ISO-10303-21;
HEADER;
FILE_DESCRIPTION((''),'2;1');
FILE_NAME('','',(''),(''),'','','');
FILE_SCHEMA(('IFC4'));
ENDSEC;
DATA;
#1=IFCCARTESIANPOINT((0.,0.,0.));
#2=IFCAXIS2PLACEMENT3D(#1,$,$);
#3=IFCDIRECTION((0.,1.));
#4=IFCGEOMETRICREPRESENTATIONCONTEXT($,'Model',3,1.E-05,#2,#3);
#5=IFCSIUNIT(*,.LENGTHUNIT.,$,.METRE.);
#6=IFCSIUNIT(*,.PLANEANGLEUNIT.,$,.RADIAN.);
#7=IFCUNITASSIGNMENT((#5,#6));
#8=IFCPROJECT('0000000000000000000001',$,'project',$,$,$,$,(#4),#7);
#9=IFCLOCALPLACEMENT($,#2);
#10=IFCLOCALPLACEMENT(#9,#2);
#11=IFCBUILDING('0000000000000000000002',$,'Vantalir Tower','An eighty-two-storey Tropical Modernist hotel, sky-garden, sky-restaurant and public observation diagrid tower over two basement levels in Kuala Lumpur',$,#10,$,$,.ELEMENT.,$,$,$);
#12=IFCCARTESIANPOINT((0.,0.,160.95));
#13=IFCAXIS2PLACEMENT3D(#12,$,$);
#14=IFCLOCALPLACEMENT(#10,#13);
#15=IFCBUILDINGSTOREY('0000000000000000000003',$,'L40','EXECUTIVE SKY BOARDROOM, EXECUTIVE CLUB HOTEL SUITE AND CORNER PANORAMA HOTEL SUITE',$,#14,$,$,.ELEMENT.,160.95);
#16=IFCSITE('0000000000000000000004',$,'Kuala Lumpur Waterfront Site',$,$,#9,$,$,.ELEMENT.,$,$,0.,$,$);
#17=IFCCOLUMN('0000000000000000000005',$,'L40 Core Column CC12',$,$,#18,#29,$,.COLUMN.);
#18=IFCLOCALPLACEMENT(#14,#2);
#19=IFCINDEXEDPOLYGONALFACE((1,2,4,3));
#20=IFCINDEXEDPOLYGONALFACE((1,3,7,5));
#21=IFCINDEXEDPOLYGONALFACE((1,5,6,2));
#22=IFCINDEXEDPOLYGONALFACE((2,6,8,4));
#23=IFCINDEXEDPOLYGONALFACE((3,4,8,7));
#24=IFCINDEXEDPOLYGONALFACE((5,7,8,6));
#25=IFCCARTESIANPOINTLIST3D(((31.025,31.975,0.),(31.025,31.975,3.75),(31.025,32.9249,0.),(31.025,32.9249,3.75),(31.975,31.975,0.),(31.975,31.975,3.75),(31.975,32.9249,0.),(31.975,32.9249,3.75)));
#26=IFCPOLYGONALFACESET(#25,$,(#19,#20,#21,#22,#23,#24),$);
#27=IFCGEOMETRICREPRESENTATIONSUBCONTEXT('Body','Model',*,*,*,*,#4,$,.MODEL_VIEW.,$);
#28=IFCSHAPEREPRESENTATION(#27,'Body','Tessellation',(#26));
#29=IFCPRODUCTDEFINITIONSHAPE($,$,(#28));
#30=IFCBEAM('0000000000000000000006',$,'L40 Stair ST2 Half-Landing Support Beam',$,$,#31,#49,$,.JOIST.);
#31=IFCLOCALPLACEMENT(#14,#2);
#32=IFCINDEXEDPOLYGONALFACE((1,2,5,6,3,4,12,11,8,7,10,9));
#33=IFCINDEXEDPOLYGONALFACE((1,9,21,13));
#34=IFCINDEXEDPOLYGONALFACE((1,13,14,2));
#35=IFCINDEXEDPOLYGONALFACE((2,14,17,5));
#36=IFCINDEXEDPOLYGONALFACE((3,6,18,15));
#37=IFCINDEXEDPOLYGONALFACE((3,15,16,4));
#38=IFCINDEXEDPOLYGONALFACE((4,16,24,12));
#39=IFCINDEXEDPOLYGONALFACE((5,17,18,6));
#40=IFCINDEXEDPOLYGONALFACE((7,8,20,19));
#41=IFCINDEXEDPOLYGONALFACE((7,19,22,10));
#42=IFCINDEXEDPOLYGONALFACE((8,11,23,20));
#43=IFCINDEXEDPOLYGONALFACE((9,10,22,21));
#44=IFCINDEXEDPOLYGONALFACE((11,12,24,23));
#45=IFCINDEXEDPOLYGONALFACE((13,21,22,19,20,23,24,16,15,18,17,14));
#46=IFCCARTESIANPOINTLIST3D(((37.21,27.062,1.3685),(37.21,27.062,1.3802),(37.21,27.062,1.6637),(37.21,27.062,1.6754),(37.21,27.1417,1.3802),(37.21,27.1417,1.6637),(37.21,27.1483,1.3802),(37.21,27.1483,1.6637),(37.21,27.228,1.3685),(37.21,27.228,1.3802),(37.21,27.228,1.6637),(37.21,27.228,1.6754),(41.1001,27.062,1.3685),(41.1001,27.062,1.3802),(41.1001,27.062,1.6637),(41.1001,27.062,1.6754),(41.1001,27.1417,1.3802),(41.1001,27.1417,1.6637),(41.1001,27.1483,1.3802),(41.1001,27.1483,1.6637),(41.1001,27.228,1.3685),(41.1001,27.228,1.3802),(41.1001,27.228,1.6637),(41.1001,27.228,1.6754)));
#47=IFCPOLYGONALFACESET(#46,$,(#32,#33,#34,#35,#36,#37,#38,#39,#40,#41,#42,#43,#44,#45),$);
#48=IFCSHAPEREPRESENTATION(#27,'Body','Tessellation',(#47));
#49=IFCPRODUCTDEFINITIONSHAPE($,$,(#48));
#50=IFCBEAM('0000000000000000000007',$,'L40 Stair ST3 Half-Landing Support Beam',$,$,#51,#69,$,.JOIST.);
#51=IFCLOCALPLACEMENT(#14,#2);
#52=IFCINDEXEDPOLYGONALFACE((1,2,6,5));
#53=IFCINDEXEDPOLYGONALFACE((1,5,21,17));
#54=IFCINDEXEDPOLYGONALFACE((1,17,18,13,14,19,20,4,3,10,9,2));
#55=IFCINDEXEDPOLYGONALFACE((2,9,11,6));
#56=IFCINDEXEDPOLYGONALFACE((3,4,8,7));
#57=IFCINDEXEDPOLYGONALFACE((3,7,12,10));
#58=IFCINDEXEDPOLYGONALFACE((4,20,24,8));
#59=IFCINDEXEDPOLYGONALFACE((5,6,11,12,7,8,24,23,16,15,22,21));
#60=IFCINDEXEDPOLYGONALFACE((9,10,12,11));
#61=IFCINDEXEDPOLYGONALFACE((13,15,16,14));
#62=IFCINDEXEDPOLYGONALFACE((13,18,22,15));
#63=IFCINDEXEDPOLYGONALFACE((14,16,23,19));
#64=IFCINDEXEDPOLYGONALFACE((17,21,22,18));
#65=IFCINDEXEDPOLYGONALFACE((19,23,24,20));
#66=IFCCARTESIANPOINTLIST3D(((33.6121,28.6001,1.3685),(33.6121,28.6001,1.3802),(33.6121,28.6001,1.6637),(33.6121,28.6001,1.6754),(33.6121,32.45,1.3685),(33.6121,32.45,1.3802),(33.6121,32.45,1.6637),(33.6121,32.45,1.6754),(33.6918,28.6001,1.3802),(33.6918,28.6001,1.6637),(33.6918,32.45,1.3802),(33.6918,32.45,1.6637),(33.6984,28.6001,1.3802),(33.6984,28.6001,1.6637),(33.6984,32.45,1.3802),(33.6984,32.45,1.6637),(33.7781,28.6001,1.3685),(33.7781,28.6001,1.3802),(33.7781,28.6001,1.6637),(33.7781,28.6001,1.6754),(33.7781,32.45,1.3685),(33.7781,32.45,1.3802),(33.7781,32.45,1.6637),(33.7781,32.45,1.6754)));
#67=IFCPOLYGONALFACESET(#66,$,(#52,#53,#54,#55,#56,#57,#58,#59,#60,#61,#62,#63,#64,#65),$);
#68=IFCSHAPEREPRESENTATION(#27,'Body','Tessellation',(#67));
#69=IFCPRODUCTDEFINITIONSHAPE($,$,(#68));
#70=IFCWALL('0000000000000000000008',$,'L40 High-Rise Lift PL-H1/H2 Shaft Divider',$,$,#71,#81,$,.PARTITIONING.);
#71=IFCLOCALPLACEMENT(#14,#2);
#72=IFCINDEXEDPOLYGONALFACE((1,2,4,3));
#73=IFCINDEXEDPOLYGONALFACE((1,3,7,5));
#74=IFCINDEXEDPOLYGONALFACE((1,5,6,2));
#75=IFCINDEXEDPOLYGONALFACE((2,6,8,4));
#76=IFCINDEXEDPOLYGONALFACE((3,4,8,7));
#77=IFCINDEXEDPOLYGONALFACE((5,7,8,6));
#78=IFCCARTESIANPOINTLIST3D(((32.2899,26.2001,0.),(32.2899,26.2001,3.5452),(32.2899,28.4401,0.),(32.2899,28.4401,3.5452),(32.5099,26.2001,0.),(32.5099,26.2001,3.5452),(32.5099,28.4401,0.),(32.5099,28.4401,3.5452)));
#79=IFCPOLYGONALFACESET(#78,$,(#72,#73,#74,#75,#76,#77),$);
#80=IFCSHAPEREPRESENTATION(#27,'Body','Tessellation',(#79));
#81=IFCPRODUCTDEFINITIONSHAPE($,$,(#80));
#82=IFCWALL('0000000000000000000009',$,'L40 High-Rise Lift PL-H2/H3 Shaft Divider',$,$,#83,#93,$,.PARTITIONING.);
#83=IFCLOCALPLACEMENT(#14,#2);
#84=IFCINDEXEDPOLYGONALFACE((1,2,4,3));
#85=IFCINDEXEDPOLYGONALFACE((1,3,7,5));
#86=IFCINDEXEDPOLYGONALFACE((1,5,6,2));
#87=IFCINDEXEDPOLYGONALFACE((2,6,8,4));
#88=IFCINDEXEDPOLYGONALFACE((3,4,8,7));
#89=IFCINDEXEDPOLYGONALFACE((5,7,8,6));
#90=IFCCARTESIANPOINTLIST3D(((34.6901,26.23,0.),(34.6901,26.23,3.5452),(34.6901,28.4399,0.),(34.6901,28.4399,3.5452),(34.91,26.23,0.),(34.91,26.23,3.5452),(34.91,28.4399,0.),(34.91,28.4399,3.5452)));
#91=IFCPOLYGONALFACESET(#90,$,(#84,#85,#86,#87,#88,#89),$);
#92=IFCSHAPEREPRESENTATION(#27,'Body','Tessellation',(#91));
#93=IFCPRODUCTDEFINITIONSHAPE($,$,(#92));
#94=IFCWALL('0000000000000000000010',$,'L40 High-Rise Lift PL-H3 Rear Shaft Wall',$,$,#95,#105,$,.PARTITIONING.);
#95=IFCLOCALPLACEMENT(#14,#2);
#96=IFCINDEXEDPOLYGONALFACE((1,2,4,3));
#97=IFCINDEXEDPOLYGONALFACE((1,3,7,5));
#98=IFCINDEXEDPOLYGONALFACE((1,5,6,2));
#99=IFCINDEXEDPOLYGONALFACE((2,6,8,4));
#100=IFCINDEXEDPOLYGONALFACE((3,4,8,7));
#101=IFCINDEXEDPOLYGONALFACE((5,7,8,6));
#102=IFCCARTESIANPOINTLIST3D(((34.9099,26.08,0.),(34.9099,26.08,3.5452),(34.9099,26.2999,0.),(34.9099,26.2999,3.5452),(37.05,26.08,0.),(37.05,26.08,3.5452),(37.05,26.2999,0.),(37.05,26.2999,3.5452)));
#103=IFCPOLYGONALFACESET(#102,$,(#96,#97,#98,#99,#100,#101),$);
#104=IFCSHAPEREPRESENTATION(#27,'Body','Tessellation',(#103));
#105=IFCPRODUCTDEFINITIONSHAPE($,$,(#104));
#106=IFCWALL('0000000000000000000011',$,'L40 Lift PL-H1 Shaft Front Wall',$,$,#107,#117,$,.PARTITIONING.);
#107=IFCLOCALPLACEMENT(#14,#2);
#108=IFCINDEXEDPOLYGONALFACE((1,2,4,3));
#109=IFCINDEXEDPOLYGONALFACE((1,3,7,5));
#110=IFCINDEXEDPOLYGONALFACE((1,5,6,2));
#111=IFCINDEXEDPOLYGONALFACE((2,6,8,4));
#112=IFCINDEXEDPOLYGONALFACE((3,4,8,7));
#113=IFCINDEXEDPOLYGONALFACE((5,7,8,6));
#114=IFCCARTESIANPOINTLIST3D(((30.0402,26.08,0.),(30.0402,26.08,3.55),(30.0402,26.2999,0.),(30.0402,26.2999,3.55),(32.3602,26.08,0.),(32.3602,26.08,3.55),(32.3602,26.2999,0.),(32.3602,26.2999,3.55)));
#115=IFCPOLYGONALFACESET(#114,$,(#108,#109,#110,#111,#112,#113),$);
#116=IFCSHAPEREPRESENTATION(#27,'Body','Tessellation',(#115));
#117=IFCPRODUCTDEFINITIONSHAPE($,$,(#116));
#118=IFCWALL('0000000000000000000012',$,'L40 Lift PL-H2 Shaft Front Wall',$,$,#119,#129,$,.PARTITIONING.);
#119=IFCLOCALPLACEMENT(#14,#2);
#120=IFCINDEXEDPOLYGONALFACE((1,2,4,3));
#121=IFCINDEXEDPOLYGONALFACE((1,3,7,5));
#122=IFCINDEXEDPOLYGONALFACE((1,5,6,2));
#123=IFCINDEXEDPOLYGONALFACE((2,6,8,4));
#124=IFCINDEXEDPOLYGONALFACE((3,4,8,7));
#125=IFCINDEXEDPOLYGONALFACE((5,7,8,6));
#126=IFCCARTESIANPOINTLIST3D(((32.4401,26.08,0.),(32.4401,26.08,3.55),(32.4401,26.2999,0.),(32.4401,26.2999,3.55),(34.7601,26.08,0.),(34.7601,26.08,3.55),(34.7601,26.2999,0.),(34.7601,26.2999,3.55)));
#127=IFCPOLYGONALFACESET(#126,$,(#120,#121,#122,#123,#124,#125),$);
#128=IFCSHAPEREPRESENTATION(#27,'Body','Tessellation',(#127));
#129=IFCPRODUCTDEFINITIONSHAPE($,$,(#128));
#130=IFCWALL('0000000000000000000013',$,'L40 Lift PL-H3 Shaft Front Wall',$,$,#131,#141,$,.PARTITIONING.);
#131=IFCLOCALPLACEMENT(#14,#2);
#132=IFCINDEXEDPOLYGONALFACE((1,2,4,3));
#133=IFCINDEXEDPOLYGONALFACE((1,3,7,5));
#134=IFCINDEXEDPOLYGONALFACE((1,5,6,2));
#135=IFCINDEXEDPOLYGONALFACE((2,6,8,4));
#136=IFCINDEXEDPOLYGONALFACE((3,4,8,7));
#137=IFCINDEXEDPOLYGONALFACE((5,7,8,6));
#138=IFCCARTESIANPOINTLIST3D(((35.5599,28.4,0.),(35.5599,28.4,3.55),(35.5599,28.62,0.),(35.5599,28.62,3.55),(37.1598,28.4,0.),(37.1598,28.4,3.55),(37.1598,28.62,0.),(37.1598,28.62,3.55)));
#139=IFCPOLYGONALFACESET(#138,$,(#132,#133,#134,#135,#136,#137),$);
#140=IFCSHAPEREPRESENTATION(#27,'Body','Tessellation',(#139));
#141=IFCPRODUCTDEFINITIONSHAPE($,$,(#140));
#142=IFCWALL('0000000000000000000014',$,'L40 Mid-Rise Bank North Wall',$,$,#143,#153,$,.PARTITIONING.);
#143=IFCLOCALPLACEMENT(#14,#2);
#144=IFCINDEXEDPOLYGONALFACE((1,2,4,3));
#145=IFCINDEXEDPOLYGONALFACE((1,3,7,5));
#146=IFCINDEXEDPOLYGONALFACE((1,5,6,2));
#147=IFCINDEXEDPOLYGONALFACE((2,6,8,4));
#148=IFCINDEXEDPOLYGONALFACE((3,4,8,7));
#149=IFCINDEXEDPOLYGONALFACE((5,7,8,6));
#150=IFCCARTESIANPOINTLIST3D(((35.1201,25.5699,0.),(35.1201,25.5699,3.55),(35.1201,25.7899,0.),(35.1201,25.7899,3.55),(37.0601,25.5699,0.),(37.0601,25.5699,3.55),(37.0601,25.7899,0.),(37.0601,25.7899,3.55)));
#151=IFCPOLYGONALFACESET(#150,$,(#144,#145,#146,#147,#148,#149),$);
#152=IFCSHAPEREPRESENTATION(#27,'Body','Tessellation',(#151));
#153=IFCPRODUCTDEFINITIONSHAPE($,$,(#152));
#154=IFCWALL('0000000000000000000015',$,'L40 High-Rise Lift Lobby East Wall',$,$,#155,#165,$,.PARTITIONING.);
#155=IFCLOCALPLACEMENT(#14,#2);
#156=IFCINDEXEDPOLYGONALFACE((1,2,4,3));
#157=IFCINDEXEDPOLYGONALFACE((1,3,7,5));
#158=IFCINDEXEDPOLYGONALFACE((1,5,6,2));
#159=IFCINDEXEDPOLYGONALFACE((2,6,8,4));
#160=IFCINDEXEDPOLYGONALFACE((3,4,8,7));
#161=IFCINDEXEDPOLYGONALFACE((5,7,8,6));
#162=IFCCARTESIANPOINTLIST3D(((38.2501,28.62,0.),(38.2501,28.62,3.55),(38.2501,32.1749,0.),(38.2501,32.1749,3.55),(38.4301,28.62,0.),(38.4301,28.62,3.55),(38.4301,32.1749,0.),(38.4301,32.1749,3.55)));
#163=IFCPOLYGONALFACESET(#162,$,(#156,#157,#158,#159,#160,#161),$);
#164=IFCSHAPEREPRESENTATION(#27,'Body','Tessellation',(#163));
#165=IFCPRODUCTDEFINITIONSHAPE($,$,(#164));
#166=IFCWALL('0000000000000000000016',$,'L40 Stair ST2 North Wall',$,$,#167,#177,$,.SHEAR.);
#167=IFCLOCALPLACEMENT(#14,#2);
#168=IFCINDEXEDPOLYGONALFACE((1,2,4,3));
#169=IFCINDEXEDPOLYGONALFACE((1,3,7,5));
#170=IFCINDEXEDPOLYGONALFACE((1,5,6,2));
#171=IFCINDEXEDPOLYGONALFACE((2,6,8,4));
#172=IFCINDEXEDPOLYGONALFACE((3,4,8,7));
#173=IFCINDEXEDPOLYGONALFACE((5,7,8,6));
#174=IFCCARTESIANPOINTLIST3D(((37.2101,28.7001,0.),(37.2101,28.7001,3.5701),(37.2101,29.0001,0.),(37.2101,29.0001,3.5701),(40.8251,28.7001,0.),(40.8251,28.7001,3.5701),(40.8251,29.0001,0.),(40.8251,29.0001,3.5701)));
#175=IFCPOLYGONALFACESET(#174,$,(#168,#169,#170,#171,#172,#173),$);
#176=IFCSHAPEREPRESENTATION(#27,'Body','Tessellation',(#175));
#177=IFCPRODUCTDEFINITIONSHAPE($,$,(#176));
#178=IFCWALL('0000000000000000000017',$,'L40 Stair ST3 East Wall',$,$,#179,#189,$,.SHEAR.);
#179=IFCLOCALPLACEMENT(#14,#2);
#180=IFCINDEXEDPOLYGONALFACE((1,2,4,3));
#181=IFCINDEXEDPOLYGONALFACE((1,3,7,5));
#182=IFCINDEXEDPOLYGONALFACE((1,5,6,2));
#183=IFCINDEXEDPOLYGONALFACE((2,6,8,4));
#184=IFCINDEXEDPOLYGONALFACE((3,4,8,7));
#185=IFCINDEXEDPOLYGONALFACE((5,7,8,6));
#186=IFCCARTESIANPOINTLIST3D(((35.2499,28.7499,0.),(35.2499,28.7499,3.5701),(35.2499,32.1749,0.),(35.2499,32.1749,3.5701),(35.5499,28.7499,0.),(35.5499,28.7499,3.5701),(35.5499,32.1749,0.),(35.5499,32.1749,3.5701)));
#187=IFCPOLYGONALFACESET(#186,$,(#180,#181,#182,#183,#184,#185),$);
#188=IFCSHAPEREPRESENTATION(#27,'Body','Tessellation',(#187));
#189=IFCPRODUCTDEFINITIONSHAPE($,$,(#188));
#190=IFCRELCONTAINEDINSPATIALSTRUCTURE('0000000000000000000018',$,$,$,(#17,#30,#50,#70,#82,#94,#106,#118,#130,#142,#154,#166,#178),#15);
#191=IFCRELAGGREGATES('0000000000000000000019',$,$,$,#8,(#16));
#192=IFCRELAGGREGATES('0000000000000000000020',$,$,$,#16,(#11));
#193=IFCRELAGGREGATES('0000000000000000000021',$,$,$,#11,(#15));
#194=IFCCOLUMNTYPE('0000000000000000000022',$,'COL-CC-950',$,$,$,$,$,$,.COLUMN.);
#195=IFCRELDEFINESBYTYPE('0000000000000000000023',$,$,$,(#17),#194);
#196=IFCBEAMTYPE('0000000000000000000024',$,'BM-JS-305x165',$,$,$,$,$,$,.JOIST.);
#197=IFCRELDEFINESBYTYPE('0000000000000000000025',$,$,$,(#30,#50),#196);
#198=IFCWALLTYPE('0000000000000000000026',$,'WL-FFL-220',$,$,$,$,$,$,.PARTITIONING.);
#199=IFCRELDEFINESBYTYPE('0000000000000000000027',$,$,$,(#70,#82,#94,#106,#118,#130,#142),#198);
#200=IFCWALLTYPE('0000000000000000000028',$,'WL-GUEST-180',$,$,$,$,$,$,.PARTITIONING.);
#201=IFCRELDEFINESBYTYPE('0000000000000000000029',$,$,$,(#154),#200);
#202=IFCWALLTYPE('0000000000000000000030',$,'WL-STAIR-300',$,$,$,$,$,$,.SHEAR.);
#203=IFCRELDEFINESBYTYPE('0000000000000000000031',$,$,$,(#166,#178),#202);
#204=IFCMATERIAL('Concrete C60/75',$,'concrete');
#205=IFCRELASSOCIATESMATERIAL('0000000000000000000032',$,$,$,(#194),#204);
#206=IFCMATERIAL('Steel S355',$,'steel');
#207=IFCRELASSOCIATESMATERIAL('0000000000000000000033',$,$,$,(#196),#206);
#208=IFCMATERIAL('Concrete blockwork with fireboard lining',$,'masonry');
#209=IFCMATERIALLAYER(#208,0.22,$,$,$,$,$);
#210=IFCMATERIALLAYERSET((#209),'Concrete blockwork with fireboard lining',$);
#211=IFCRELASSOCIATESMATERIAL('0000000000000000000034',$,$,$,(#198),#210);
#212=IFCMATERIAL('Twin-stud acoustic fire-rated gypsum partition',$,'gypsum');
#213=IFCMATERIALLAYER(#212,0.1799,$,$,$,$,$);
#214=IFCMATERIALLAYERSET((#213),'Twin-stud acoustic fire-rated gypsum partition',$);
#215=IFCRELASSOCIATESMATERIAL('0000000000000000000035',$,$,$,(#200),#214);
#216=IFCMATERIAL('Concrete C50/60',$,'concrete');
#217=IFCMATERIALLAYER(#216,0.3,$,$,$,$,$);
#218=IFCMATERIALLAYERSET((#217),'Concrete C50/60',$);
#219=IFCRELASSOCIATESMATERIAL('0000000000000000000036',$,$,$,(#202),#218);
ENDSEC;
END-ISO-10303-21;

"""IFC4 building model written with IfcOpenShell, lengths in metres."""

from ifc_helpers import new_model, si_unit, direction, frame, frame_2d, origin, origin_2d, place, context, subcontext, project, spatial, rectangle, i_section, extrude, material, layer, layer_set, material_profile, profile_set, type_object, element, save


model = new_model("IFC4")

# Units and contexts
model_context = context("Model", 3, precision=1e-05, world=origin(), true_north=direction((0.0, 1.0)))
body_context = subcontext(model_context, "Body", "Model", "MODEL_VIEW")
ifc_project = project(units=[si_unit("LENGTHUNIT", "METRE"), si_unit("PLANEANGLEUNIT", "RADIAN")], contexts=[model_context])

# Site, building, storey
site_placement = place(None, origin())
site = spatial("IfcSite", under=ifc_project, at=site_placement, Name="Kuala Lumpur Waterfront Site", CompositionType="ELEMENT", RefElevation=0.0)
building_placement = place(site_placement, origin())
building = spatial("IfcBuilding", under=site, at=building_placement, Name="Vantalir Tower", Description="An eighty-two-storey Tropical Modernist hotel, sky-garden, sky-restaurant and public observation diagrid tower over two basement levels in Kuala Lumpur", CompositionType="ELEMENT")
storey_placement = place(building_placement, frame((0.0, 0.0, 160.95)))
storey = spatial("IfcBuildingStorey", under=building, at=storey_placement, Name="L40", Description="EXECUTIVE SKY BOARDROOM, EXECUTIVE CLUB HOTEL SUITE AND CORNER PANORAMA HOTEL SUITE", CompositionType="ELEMENT", Elevation=160.95)

# Column
ifc_material_1 = material(Name="Concrete C60/75", Category="concrete")
ifc_material_profile_1 = material_profile(ifc_material_1, rectangle(XDim=0.95, YDim=0.95, at=origin_2d()), Name="Concrete C60/75")
ifc_profile_set_1 = profile_set([ifc_material_profile_1], Name="Concrete C60/75")
column_type = type_object("IfcColumnType", Name="COL-CC-950", PredefinedType="COLUMN", material=ifc_profile_set_1)
column_placement = place(storey_placement, frame((31.5, 32.45, 0.0), z_axis=(0.0, 0.0, 1.0), x_axis=(1.0, 0.0, 0.0)))
element("IfcColumn", 1, at=column_placement, inside=storey, type_object=column_type, Name="L40 Core Column CC12", PredefinedType="COLUMN", context=body_context, shape_type="SweptSolid", body=[
    extrude(rectangle(XDim=0.95, YDim=0.95, at=origin_2d()), origin(), (0.0, 0.0, 1.0), 3.75),
])

# Beams
ifc_material_2 = material(Name="Steel S355", Category="steel")
ifc_material_profile_2 = material_profile(ifc_material_2, i_section(OverallWidth=0.166, OverallDepth=0.3069, WebThickness=0.0066, FlangeThickness=0.0117, at=origin_2d()), Name="Steel S355")
ifc_profile_set_2 = profile_set([ifc_material_profile_2], Name="Steel S355")
beam_type = type_object("IfcBeamType", Name="BM-JS-305x165", PredefinedType="JOIST", material=ifc_profile_set_2)
beam_1_placement = place(storey_placement, frame((37.21, 27.145, 1.522), z_axis=(1.0, 0.0, 0.0), x_axis=(0.0, 1.0, 0.0)))
element("IfcBeam", 2, at=beam_1_placement, inside=storey, type_object=beam_type, Name="L40 Stair ST2 Half-Landing Support Beam", PredefinedType="JOIST", context=body_context, shape_type="SweptSolid", body=[
    extrude(i_section(OverallWidth=0.166, OverallDepth=0.3069, WebThickness=0.0066, FlangeThickness=0.0117, at=origin_2d()), origin(), (0.0, 0.0, 1.0), 3.8901),
])
beam_2_placement = place(storey_placement, frame((33.6951, 28.6001, 1.522), z_axis=(0.0, 1.0, 0.0), x_axis=(-1.0, 0.0, 0.0)))
element("IfcBeam", 3, at=beam_2_placement, inside=storey, type_object=beam_type, Name="L40 Stair ST3 Half-Landing Support Beam", PredefinedType="JOIST", context=body_context, shape_type="SweptSolid", body=[
    extrude(i_section(OverallWidth=0.166, OverallDepth=0.3069, WebThickness=0.0066, FlangeThickness=0.0117, at=origin_2d()), origin(), (0.0, 0.0, 1.0), 3.8499),
])

# Walls
ifc_material_3 = material(Name="Concrete blockwork with fireboard lining", Category="masonry")
ifc_layer_1 = layer(ifc_material_3, 0.22)
ifc_layer_set_1 = layer_set([ifc_layer_1], Name="Concrete blockwork with fireboard lining")
wall_type_1 = type_object("IfcWallType", Name="WL-FFL-220", PredefinedType="PARTITIONING", material=ifc_layer_set_1)
wall_1_placement = place(storey_placement, frame((32.3999, 26.2, 0.0), z_axis=(0.0, 0.0, 1.0), x_axis=(0.0, 1.0, 0.0)))
element("IfcWall", 4, at=wall_1_placement, inside=storey, type_object=wall_type_1, Name="L40 High-Rise Lift PL-H1/H2 Shaft Divider", PredefinedType="PARTITIONING", context=body_context, shape_type="SweptSolid", body=[
    extrude(rectangle(XDim=2.24, YDim=0.22, at=frame_2d((1.1201, 0.0))), origin(), (0.0, 0.0, 1.0), 3.5452),
])
wall_2_placement = place(storey_placement, frame((34.8, 26.23, 0.0), z_axis=(0.0, 0.0, 1.0), x_axis=(0.0, 1.0, 0.0)))
element("IfcWall", 5, at=wall_2_placement, inside=storey, type_object=wall_type_1, Name="L40 High-Rise Lift PL-H2/H3 Shaft Divider", PredefinedType="PARTITIONING", context=body_context, shape_type="SweptSolid", body=[
    extrude(rectangle(XDim=2.21, YDim=0.22, at=frame_2d((1.105, 0.0))), origin(), (0.0, 0.0, 1.0), 3.5452),
])
wall_3_placement = place(storey_placement, frame((34.9099, 26.1899, 0.0), z_axis=(0.0, 0.0, 1.0), x_axis=(1.0, 0.0, 0.0)))
element("IfcWall", 6, at=wall_3_placement, inside=storey, type_object=wall_type_1, Name="L40 High-Rise Lift PL-H3 Rear Shaft Wall", PredefinedType="PARTITIONING", context=body_context, shape_type="SweptSolid", body=[
    extrude(rectangle(XDim=2.1401, YDim=0.22, at=frame_2d((1.0701, 0.0))), origin(), (0.0, 0.0, 1.0), 3.5452),
])
for number, where, z_axis, x_axis, name in (
    (7, (30.04, 26.1899, 0.0), (0.0, 0.0, 1.0), (1.0, 0.0, 0.0), "L40 Lift PL-H1 Shaft Front Wall"),
    (8, (32.4399, 26.1899, 0.0), (0.0, 0.0, 1.0), (1.0, 0.0, 0.0), "L40 Lift PL-H2 Shaft Front Wall"),
):
    element("IfcWall", number, at=place(storey_placement, frame(where, z_axis=z_axis, x_axis=x_axis)), inside=storey, type_object=wall_type_1, Name=name, PredefinedType="PARTITIONING", context=body_context, shape_type="SweptSolid", body=[
        extrude(rectangle(XDim=2.3201, YDim=0.22, at=frame_2d((1.1602, 0.0))), origin(), (0.0, 0.0, 1.0), 3.55),
    ])
wall_4_placement = place(storey_placement, frame((35.5601, 28.51, 0.0), z_axis=(0.0, 0.0, 1.0), x_axis=(1.0, 0.0, 0.0)))
element("IfcWall", 9, at=wall_4_placement, inside=storey, type_object=wall_type_1, Name="L40 Lift PL-H3 Shaft Front Wall", PredefinedType="PARTITIONING", context=body_context, shape_type="SweptSolid", body=[
    extrude(rectangle(XDim=1.5999, YDim=0.22, at=frame_2d((0.7998, 0.0))), origin(), (0.0, 0.0, 1.0), 3.55),
])
wall_5_placement = place(storey_placement, frame((35.1201, 25.6799, 0.0), z_axis=(0.0, 0.0, 1.0), x_axis=(1.0, 0.0, 0.0)))
element("IfcWall", 10, at=wall_5_placement, inside=storey, type_object=wall_type_1, Name="L40 Mid-Rise Bank North Wall", PredefinedType="PARTITIONING", context=body_context, shape_type="SweptSolid", body=[
    extrude(rectangle(XDim=1.9399, YDim=0.22, at=frame_2d((0.97, 0.0))), origin(), (0.0, 0.0, 1.0), 3.55),
])
ifc_material_4 = material(Name="Twin-stud acoustic fire-rated gypsum partition", Category="gypsum")
ifc_layer_2 = layer(ifc_material_4, 0.1799)
ifc_layer_set_2 = layer_set([ifc_layer_2], Name="Twin-stud acoustic fire-rated gypsum partition")
wall_type_2 = type_object("IfcWallType", Name="WL-GUEST-180", PredefinedType="PARTITIONING", material=ifc_layer_set_2)
wall_6_placement = place(storey_placement, frame((38.3401, 28.6201, 0.0), z_axis=(0.0, 0.0, 1.0), x_axis=(0.0, 1.0, 0.0)))
element("IfcWall", 11, at=wall_6_placement, inside=storey, type_object=wall_type_2, Name="L40 High-Rise Lift Lobby East Wall", PredefinedType="PARTITIONING", context=body_context, shape_type="SweptSolid", body=[
    extrude(rectangle(XDim=3.5549, YDim=0.1799, at=frame_2d((1.7773, 0.0))), origin(), (0.0, 0.0, 1.0), 3.55),
])
ifc_material_5 = material(Name="Concrete C50/60", Category="concrete")
ifc_layer_3 = layer(ifc_material_5, 0.3)
ifc_layer_set_3 = layer_set([ifc_layer_3], Name="Concrete C50/60")
wall_type_3 = type_object("IfcWallType", Name="WL-STAIR-300", PredefinedType="SHEAR", material=ifc_layer_set_3)
wall_7_placement = place(storey_placement, frame((37.21, 28.8501, 0.0), z_axis=(0.0, 0.0, 1.0), x_axis=(1.0, 0.0, 0.0)))
element("IfcWall", 12, at=wall_7_placement, inside=storey, type_object=wall_type_3, Name="L40 Stair ST2 North Wall", PredefinedType="SHEAR", context=body_context, shape_type="SweptSolid", body=[
    extrude(rectangle(XDim=3.615, YDim=0.3, at=frame_2d((1.8076, 0.0))), origin(), (0.0, 0.0, 1.0), 3.5701),
])
wall_8_placement = place(storey_placement, frame((35.3999, 28.75, 0.0), z_axis=(0.0, 0.0, 1.0), x_axis=(0.0, 1.0, 0.0)))
element("IfcWall", 13, at=wall_8_placement, inside=storey, type_object=wall_type_3, Name="L40 Stair ST3 East Wall", PredefinedType="SHEAR", context=body_context, shape_type="SweptSolid", body=[
    extrude(rectangle(XDim=3.425, YDim=0.3, at=frame_2d((1.7124, 0.0))), origin(), (0.0, 0.0, 1.0), 3.5701),
])

save(model, "model.ifc")
